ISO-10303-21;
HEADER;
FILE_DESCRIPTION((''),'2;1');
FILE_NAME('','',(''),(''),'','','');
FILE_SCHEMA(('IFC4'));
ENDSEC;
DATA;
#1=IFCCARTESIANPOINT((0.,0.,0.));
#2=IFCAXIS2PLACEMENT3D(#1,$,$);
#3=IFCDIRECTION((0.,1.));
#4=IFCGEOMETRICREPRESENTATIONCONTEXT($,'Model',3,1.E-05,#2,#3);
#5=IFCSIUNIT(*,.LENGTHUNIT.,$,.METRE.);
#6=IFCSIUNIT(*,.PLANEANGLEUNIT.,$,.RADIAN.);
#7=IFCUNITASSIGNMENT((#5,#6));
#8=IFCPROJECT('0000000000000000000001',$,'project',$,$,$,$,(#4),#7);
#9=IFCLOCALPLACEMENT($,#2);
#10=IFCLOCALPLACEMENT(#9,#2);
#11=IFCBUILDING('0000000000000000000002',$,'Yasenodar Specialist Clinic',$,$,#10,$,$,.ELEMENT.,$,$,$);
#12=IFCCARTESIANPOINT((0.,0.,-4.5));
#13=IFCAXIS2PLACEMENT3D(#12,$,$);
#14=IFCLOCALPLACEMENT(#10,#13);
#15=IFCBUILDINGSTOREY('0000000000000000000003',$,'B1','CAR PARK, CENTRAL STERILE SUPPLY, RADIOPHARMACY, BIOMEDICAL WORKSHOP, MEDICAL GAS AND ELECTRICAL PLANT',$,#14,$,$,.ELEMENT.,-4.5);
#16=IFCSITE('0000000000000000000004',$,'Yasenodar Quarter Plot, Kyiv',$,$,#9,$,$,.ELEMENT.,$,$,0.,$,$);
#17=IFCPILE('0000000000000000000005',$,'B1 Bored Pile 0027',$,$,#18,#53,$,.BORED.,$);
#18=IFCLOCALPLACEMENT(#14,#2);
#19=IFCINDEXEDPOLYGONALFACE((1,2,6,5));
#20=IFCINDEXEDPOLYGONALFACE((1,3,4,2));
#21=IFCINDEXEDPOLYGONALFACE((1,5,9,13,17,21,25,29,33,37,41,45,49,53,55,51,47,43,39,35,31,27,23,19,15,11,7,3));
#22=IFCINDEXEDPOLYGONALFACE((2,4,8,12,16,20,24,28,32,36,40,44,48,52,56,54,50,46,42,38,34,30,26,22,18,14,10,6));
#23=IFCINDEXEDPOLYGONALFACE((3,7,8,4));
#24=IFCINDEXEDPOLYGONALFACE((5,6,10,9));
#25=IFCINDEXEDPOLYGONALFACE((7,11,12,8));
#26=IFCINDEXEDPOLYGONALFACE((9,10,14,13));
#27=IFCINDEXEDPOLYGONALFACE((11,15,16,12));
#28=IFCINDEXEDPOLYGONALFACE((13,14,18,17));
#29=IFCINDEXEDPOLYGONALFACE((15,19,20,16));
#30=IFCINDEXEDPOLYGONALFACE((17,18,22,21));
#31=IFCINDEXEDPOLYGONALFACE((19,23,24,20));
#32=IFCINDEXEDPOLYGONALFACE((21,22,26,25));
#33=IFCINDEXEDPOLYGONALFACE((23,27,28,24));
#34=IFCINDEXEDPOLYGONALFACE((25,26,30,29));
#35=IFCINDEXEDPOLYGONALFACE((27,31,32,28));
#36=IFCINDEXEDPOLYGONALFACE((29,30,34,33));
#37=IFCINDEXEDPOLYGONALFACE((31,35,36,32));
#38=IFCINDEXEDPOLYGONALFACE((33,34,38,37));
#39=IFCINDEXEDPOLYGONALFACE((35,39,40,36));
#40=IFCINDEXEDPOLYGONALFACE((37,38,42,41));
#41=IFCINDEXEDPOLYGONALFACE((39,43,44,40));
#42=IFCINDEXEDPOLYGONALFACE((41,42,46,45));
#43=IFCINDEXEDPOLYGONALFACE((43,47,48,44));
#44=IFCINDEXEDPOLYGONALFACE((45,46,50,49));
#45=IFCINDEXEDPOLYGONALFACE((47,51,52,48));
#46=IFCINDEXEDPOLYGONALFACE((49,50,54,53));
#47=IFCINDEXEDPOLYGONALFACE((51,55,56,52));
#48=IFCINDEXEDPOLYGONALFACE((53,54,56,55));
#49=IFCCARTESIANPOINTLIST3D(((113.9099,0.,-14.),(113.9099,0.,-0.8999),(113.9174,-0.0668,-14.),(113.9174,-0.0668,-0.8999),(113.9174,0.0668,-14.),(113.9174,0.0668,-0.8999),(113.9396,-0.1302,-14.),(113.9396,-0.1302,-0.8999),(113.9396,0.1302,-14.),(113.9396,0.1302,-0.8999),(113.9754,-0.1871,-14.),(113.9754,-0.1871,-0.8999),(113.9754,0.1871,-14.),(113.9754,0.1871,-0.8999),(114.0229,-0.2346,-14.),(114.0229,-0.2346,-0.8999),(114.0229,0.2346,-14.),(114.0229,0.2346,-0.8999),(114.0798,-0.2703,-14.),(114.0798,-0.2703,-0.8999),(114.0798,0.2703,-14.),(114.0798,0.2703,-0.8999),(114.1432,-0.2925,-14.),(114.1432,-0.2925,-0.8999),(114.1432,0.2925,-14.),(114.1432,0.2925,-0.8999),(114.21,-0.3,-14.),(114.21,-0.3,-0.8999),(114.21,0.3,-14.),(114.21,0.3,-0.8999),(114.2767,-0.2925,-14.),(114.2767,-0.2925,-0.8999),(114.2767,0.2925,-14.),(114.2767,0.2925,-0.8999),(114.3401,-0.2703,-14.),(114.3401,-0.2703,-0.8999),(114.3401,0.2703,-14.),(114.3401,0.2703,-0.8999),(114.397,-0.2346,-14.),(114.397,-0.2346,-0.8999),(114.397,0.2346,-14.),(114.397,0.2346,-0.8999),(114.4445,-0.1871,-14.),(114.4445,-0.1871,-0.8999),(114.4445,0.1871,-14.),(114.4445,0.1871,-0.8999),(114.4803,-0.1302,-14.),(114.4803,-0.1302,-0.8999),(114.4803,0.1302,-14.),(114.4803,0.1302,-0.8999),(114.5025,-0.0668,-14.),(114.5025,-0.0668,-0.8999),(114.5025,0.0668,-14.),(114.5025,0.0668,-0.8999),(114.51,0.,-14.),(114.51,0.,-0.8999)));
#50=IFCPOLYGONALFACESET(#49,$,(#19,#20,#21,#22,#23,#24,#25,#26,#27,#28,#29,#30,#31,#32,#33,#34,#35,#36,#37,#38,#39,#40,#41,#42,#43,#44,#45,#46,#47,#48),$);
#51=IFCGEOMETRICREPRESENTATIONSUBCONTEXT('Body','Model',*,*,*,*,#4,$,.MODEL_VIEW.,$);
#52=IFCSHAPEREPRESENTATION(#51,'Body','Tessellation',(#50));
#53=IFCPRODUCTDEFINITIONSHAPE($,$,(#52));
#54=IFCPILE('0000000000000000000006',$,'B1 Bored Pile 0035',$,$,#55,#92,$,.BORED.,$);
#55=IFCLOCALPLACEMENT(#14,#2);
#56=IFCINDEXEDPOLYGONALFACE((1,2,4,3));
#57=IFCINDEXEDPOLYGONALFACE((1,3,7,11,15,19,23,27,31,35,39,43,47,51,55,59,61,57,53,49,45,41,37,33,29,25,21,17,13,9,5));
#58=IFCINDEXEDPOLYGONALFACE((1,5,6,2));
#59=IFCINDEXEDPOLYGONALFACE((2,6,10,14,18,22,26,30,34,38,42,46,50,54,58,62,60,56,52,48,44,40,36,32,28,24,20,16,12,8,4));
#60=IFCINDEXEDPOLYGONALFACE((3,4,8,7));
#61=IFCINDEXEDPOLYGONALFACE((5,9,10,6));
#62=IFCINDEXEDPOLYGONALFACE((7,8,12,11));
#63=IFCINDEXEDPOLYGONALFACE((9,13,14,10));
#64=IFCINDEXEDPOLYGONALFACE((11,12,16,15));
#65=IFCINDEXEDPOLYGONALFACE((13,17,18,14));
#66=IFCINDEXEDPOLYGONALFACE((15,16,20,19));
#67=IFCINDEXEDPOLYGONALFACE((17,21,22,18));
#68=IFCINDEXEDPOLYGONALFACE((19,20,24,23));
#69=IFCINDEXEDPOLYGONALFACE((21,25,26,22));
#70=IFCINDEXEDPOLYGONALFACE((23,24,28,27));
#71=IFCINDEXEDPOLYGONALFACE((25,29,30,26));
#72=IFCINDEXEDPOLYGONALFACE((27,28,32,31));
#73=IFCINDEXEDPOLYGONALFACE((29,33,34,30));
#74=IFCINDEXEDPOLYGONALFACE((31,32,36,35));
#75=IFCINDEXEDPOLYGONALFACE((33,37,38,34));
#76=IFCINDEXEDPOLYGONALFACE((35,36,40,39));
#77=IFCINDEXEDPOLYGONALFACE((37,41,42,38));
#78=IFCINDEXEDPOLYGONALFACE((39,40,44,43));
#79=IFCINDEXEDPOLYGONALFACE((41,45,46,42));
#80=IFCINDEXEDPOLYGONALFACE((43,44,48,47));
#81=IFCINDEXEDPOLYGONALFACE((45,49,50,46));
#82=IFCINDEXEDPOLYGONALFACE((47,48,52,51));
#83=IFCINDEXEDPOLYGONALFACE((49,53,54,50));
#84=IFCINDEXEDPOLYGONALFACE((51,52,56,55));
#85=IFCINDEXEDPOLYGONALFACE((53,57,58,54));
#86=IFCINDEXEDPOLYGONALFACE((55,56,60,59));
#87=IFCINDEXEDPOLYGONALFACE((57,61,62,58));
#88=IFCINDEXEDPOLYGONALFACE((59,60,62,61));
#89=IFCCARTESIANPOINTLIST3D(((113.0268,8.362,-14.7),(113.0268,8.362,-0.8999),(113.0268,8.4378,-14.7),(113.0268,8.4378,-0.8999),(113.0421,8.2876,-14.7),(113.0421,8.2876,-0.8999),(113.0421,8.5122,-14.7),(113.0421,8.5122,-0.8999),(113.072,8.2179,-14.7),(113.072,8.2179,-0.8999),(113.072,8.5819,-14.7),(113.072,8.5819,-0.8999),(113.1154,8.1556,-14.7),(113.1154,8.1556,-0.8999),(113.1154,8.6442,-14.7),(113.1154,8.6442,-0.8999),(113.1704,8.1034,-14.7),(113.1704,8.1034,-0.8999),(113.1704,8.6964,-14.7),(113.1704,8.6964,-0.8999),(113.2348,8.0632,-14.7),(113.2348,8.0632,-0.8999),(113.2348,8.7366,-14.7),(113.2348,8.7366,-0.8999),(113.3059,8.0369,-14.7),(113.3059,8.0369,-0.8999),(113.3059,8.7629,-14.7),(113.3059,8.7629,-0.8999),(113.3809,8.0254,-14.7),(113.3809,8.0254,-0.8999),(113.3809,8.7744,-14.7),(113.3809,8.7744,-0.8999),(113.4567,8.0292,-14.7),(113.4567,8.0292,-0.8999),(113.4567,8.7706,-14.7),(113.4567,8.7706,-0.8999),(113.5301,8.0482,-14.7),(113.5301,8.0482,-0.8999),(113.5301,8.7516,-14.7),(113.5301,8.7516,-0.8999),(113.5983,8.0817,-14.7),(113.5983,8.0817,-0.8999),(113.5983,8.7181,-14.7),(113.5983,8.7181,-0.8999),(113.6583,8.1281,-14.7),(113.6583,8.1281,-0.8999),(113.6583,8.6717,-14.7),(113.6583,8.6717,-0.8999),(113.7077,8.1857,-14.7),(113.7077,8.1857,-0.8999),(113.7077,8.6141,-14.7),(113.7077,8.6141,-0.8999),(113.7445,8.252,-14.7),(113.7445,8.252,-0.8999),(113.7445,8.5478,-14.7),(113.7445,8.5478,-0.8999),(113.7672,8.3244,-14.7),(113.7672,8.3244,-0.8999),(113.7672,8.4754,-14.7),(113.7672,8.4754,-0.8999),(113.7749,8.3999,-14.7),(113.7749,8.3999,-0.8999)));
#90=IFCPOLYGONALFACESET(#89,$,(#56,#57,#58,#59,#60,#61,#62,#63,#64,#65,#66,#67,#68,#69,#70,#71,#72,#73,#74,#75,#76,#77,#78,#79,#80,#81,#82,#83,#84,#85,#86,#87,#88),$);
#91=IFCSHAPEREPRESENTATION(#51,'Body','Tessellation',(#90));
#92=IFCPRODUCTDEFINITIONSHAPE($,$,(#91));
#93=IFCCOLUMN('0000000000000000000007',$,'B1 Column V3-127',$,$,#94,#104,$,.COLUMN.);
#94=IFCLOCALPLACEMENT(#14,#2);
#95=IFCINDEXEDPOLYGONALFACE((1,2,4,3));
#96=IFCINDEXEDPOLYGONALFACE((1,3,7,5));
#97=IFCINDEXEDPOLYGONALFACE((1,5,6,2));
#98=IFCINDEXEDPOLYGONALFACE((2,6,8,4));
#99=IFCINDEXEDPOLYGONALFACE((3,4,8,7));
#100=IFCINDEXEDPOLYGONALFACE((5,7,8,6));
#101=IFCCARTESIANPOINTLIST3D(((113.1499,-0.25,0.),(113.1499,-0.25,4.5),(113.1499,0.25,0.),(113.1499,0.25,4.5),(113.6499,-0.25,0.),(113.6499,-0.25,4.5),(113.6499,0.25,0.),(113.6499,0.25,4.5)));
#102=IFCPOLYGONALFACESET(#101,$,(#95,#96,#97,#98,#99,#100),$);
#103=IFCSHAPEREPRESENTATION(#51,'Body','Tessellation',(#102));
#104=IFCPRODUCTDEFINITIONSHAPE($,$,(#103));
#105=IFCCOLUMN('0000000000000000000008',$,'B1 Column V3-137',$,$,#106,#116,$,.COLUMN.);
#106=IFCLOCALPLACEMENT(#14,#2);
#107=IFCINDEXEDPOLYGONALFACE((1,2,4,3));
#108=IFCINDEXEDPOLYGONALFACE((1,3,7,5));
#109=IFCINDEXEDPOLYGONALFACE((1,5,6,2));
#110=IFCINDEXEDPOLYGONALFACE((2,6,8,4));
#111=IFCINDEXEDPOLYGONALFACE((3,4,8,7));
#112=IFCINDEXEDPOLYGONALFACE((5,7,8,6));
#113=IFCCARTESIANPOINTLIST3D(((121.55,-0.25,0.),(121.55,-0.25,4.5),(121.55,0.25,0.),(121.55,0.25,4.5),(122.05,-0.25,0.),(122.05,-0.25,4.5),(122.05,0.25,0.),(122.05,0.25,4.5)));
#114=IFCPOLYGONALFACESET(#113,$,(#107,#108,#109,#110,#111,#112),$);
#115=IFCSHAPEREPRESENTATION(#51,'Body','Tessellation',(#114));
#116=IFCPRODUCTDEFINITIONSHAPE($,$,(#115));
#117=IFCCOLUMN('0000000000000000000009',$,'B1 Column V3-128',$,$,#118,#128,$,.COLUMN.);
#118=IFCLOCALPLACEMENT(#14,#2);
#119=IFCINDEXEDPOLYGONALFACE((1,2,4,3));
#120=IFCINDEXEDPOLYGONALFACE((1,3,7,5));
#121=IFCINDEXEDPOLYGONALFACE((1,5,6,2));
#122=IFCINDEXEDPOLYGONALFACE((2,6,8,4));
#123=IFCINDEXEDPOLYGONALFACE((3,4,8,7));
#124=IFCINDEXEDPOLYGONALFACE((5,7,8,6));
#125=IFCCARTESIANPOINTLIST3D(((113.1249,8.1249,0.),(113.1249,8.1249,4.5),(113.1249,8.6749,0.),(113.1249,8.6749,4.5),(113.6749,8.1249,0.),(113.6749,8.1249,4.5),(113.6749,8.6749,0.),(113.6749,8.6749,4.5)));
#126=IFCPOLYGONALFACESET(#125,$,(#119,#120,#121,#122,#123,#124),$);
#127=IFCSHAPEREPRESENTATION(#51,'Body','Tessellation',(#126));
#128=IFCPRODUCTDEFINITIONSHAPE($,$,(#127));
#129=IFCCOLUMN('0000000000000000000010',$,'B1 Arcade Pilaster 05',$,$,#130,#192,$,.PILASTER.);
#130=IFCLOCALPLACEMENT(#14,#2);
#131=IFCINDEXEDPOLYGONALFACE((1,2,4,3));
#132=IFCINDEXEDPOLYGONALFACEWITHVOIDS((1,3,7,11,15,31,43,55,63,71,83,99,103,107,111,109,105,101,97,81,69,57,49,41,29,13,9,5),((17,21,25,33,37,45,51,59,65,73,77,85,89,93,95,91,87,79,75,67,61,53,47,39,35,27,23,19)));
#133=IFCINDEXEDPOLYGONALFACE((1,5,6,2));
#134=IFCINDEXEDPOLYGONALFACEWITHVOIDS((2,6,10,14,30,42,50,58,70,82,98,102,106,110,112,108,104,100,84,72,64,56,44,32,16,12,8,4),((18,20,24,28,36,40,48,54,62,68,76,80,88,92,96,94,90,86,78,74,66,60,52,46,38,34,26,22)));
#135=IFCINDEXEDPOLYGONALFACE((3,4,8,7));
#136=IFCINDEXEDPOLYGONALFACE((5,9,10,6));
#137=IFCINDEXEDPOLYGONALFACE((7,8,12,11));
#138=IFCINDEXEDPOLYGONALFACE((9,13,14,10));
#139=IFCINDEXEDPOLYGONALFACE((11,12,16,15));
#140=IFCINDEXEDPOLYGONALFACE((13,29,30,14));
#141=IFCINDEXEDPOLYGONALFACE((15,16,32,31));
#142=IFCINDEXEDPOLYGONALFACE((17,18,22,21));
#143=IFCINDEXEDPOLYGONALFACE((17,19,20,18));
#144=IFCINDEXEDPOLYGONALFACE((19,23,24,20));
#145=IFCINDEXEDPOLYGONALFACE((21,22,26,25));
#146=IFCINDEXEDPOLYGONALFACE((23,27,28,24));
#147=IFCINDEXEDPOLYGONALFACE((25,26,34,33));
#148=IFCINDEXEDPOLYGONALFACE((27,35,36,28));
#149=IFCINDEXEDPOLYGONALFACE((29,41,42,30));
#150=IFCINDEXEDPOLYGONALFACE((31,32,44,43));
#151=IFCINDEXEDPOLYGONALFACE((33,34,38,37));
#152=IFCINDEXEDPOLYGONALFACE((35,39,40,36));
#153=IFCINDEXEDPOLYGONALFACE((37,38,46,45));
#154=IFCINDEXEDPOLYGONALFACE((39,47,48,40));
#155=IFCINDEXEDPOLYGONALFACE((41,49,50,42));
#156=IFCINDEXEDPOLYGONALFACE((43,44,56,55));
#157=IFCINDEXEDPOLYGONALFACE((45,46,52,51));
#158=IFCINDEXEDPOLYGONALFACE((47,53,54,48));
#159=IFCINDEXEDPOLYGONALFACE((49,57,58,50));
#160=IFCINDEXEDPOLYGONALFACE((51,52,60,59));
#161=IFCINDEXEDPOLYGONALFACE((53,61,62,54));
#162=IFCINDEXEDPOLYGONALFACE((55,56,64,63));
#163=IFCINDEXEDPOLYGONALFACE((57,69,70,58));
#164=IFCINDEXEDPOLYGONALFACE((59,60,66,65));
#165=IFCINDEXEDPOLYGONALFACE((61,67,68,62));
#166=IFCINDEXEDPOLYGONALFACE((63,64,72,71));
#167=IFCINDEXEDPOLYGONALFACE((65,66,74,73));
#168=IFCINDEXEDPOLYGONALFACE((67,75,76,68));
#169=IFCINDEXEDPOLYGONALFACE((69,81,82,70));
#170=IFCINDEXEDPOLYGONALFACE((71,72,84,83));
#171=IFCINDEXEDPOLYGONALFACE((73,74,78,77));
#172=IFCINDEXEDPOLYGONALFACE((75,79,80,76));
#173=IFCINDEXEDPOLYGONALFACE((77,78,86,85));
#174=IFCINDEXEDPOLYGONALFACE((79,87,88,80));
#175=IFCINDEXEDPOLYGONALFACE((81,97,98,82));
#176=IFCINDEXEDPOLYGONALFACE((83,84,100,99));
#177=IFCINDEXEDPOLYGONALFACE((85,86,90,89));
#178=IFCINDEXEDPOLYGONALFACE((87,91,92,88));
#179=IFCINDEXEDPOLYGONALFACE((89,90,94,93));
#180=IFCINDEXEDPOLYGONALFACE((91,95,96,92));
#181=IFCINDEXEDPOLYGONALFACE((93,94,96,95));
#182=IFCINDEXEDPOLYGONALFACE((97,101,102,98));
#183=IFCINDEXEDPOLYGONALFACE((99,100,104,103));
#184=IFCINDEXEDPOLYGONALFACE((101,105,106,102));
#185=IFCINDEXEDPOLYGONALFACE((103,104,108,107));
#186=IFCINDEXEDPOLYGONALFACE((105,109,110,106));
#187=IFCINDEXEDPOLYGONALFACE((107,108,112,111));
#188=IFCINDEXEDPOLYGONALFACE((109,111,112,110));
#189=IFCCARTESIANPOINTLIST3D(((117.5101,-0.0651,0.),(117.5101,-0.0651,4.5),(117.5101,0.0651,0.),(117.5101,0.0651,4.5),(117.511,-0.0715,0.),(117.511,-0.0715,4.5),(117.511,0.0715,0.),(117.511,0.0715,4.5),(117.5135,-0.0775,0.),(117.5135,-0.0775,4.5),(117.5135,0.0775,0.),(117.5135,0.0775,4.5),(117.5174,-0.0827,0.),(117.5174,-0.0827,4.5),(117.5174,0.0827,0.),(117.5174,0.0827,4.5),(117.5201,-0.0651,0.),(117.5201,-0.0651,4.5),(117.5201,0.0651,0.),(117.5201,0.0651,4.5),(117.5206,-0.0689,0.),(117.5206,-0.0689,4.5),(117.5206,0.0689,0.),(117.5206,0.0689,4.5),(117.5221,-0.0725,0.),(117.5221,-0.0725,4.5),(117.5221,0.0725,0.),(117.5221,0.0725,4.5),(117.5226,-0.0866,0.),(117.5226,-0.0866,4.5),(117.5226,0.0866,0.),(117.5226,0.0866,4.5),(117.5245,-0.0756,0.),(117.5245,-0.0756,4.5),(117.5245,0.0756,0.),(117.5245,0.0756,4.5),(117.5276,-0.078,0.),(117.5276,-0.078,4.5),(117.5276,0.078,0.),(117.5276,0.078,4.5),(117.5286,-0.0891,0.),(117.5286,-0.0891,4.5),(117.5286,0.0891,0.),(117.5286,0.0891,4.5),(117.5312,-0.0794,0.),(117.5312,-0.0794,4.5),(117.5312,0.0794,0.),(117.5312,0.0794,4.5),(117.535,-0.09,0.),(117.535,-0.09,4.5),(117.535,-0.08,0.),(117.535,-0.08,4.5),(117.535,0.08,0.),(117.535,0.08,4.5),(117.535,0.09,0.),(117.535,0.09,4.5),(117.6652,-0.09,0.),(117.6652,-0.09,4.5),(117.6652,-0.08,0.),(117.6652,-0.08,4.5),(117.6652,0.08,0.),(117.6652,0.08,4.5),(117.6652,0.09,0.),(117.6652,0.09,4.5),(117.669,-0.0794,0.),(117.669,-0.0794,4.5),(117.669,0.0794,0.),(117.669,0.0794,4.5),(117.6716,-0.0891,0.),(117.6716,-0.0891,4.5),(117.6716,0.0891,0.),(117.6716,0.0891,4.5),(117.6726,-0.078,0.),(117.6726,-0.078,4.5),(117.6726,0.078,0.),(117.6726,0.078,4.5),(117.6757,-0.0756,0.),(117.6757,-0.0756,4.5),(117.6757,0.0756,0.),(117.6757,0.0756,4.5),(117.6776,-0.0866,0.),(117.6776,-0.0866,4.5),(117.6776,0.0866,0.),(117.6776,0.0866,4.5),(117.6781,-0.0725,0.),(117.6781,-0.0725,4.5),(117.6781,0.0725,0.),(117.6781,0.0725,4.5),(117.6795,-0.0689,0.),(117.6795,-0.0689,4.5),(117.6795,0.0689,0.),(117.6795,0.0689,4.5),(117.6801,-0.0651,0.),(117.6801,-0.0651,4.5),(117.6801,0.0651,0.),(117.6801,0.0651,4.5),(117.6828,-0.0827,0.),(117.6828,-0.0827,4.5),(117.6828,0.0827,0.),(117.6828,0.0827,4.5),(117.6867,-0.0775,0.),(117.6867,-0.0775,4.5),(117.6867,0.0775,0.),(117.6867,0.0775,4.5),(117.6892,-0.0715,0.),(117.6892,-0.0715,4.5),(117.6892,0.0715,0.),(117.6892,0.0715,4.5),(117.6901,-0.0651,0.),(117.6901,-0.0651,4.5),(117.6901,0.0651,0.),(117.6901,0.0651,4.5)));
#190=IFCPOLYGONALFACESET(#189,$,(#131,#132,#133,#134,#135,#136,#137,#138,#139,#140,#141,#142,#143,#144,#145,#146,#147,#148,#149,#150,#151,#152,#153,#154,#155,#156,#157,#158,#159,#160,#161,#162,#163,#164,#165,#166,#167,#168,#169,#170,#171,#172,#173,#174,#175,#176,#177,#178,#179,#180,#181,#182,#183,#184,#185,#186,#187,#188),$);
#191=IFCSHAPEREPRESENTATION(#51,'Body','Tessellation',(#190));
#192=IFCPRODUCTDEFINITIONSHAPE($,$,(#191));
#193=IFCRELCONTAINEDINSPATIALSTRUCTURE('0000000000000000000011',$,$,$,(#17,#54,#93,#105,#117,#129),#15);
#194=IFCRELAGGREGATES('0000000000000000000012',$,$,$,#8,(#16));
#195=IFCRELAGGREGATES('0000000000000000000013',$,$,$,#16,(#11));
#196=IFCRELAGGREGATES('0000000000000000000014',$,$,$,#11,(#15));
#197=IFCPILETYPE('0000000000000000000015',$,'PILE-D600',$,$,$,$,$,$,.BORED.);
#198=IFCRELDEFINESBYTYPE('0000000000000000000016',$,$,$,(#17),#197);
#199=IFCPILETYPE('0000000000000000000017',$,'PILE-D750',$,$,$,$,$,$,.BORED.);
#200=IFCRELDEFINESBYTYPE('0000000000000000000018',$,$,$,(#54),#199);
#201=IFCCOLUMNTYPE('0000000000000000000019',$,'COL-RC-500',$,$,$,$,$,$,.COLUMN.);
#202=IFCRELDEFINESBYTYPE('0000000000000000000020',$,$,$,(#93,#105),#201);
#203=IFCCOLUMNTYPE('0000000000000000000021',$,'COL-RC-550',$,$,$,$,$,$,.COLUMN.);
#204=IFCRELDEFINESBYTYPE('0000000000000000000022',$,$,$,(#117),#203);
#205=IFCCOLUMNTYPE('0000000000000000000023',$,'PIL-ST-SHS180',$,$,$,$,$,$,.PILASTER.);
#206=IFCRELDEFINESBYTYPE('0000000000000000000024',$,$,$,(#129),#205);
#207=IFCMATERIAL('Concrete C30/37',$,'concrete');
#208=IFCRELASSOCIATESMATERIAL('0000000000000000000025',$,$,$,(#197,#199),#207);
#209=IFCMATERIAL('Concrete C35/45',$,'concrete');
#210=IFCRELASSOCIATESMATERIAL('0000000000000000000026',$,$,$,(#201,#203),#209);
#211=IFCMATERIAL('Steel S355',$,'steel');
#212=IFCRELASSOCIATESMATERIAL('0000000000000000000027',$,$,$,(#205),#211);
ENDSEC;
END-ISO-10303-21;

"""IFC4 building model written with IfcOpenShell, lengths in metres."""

from ifc_helpers import new_model, si_unit, direction, frame, origin, origin_2d, place, context, subcontext, project, spatial, rectangle, hollow_rectangle, circle, extrude, material, material_profile, profile_set, type_object, element, save


model = new_model("IFC4")

# Units and contexts
model_context = context("Model", 3, precision=1e-05, world=origin(), true_north=direction((0.0, 1.0)))
body_context = subcontext(model_context, "Body", "Model", "MODEL_VIEW")
ifc_project = project(units=[si_unit("LENGTHUNIT", "METRE"), si_unit("PLANEANGLEUNIT", "RADIAN")], contexts=[model_context])

# Site, building, storey
site_placement = place(None, origin())
site = spatial("IfcSite", under=ifc_project, at=site_placement, Name="Yasenodar Quarter Plot, Kyiv", CompositionType="ELEMENT", RefElevation=0.0)
building_placement = place(site_placement, origin())
building = spatial("IfcBuilding", under=site, at=building_placement, Name="Yasenodar Specialist Clinic", CompositionType="ELEMENT")
storey_placement = place(building_placement, frame((0.0, 0.0, -4.5)))
storey = spatial("IfcBuildingStorey", under=building, at=storey_placement, Name="B1", Description="CAR PARK, CENTRAL STERILE SUPPLY, RADIOPHARMACY, BIOMEDICAL WORKSHOP, MEDICAL GAS AND ELECTRICAL PLANT", CompositionType="ELEMENT", Elevation=-4.5)

# Shared definitions
ifc_material_1 = material(Name="Concrete C35/45", Category="concrete")

# Piles
ifc_material_2 = material(Name="Concrete C30/37", Category="concrete")
ifc_material_profile_1 = material_profile(ifc_material_2, circle(Radius=0.3, at=origin_2d()), Name="PILE D600")
ifc_profile_set_1 = profile_set([ifc_material_profile_1], Name="Concrete C30/37")
pile_type_1 = type_object("IfcPileType", Name="PILE-D600", PredefinedType="BORED", material=ifc_profile_set_1)
for number, where, z_axis, x_axis, name in (
    (1, (114.21, 0.0, -0.8999), (0.0, 0.0, -1.0), (1.0, 0.0, 0.0), "B1 Bored Pile 0027"),
):
    element("IfcPile", number, at=place(storey_placement, frame(where, z_axis=z_axis, x_axis=x_axis)), inside=storey, type_object=pile_type_1, Name=name, PredefinedType="BORED", context=body_context, shape_type="SweptSolid", body=[
        extrude(circle(Radius=0.3, at=origin_2d()), origin(), (0.0, 0.0, 1.0), 13.1001),
    ])
ifc_material_profile_2 = material_profile(ifc_material_2, circle(Radius=0.375, at=origin_2d()), Name="PILE D750")
ifc_profile_set_2 = profile_set([ifc_material_profile_2], Name="Concrete C30/37")
pile_type_2 = type_object("IfcPileType", Name="PILE-D750", PredefinedType="BORED", material=ifc_profile_set_2)
pile_placement = place(storey_placement, frame((113.3999, 8.3999, -0.8999), z_axis=(0.0, 0.0, -1.0), x_axis=(1.0, 0.0, 0.0)))
element("IfcPile", 2, at=pile_placement, inside=storey, type_object=pile_type_2, Name="B1 Bored Pile 0035", PredefinedType="BORED", context=body_context, shape_type="SweptSolid", body=[
    extrude(circle(Radius=0.375, at=origin_2d()), origin(), (0.0, 0.0, 1.0), 13.8),
])

# Columns
ifc_material_profile_3 = material_profile(ifc_material_1, rectangle(XDim=0.5, YDim=0.5, at=origin_2d()), Name="RC 500x500")
ifc_profile_set_3 = profile_set([ifc_material_profile_3], Name="Concrete C35/45")
column_type_1 = type_object("IfcColumnType", Name="COL-RC-500", PredefinedType="COLUMN", material=ifc_profile_set_3)
for number, where, z_axis, x_axis, name in (
    (3, (113.3999, 0.0, 0.0), (0.0, 0.0, 1.0), (1.0, 0.0, 0.0), "B1 Column V3-127"),
    (4, (121.8, 0.0, 0.0), (0.0, 0.0, 1.0), (1.0, 0.0, 0.0), "B1 Column V3-137"),
):
    element("IfcColumn", number, at=place(storey_placement, frame(where, z_axis=z_axis, x_axis=x_axis)), inside=storey, type_object=column_type_1, Name=name, PredefinedType="COLUMN", context=body_context, shape_type="SweptSolid", body=[
        extrude(rectangle(XDim=0.5, YDim=0.5, at=origin_2d()), origin(), (0.0, 0.0, 1.0), 4.5),
    ])
ifc_material_profile_4 = material_profile(ifc_material_1, rectangle(XDim=0.55, YDim=0.55, at=origin_2d()), Name="RC 550x550")
ifc_profile_set_4 = profile_set([ifc_material_profile_4], Name="Concrete C35/45")
column_type_2 = type_object("IfcColumnType", Name="COL-RC-550", PredefinedType="COLUMN", material=ifc_profile_set_4)
column_1_placement = place(storey_placement, frame((113.3999, 8.3999, 0.0), z_axis=(0.0, 0.0, 1.0), x_axis=(1.0, 0.0, 0.0)))
element("IfcColumn", 5, at=column_1_placement, inside=storey, type_object=column_type_2, Name="B1 Column V3-128", PredefinedType="COLUMN", context=body_context, shape_type="SweptSolid", body=[
    extrude(rectangle(XDim=0.55, YDim=0.55, at=origin_2d()), origin(), (0.0, 0.0, 1.0), 4.5),
])
ifc_material_3 = material(Name="Steel S355", Category="steel")
ifc_material_profile_5 = material_profile(ifc_material_3, hollow_rectangle(XDim=0.1799, YDim=0.1799, WallThickness=0.01, InnerFilletRadius=0.0149, OuterFilletRadius=0.0249, at=origin_2d()), Name="SHS 180x180x10")
ifc_profile_set_5 = profile_set([ifc_material_profile_5], Name="Steel S355")
column_type_3 = type_object("IfcColumnType", Name="PIL-ST-SHS180", PredefinedType="PILASTER", material=ifc_profile_set_5)
column_2_placement = place(storey_placement, frame((117.6001, 0.0, 0.0), z_axis=(0.0, 0.0, 1.0), x_axis=(1.0, 0.0, 0.0)))
element("IfcColumn", 6, at=column_2_placement, inside=storey, type_object=column_type_3, Name="B1 Arcade Pilaster 05", PredefinedType="PILASTER", context=body_context, shape_type="SweptSolid", body=[
    extrude(hollow_rectangle(XDim=0.1799, YDim=0.1799, WallThickness=0.01, InnerFilletRadius=0.0149, OuterFilletRadius=0.0249, at=origin_2d()), origin(), (0.0, 0.0, 1.0), 4.5),
])

save(model, "model.ifc")
